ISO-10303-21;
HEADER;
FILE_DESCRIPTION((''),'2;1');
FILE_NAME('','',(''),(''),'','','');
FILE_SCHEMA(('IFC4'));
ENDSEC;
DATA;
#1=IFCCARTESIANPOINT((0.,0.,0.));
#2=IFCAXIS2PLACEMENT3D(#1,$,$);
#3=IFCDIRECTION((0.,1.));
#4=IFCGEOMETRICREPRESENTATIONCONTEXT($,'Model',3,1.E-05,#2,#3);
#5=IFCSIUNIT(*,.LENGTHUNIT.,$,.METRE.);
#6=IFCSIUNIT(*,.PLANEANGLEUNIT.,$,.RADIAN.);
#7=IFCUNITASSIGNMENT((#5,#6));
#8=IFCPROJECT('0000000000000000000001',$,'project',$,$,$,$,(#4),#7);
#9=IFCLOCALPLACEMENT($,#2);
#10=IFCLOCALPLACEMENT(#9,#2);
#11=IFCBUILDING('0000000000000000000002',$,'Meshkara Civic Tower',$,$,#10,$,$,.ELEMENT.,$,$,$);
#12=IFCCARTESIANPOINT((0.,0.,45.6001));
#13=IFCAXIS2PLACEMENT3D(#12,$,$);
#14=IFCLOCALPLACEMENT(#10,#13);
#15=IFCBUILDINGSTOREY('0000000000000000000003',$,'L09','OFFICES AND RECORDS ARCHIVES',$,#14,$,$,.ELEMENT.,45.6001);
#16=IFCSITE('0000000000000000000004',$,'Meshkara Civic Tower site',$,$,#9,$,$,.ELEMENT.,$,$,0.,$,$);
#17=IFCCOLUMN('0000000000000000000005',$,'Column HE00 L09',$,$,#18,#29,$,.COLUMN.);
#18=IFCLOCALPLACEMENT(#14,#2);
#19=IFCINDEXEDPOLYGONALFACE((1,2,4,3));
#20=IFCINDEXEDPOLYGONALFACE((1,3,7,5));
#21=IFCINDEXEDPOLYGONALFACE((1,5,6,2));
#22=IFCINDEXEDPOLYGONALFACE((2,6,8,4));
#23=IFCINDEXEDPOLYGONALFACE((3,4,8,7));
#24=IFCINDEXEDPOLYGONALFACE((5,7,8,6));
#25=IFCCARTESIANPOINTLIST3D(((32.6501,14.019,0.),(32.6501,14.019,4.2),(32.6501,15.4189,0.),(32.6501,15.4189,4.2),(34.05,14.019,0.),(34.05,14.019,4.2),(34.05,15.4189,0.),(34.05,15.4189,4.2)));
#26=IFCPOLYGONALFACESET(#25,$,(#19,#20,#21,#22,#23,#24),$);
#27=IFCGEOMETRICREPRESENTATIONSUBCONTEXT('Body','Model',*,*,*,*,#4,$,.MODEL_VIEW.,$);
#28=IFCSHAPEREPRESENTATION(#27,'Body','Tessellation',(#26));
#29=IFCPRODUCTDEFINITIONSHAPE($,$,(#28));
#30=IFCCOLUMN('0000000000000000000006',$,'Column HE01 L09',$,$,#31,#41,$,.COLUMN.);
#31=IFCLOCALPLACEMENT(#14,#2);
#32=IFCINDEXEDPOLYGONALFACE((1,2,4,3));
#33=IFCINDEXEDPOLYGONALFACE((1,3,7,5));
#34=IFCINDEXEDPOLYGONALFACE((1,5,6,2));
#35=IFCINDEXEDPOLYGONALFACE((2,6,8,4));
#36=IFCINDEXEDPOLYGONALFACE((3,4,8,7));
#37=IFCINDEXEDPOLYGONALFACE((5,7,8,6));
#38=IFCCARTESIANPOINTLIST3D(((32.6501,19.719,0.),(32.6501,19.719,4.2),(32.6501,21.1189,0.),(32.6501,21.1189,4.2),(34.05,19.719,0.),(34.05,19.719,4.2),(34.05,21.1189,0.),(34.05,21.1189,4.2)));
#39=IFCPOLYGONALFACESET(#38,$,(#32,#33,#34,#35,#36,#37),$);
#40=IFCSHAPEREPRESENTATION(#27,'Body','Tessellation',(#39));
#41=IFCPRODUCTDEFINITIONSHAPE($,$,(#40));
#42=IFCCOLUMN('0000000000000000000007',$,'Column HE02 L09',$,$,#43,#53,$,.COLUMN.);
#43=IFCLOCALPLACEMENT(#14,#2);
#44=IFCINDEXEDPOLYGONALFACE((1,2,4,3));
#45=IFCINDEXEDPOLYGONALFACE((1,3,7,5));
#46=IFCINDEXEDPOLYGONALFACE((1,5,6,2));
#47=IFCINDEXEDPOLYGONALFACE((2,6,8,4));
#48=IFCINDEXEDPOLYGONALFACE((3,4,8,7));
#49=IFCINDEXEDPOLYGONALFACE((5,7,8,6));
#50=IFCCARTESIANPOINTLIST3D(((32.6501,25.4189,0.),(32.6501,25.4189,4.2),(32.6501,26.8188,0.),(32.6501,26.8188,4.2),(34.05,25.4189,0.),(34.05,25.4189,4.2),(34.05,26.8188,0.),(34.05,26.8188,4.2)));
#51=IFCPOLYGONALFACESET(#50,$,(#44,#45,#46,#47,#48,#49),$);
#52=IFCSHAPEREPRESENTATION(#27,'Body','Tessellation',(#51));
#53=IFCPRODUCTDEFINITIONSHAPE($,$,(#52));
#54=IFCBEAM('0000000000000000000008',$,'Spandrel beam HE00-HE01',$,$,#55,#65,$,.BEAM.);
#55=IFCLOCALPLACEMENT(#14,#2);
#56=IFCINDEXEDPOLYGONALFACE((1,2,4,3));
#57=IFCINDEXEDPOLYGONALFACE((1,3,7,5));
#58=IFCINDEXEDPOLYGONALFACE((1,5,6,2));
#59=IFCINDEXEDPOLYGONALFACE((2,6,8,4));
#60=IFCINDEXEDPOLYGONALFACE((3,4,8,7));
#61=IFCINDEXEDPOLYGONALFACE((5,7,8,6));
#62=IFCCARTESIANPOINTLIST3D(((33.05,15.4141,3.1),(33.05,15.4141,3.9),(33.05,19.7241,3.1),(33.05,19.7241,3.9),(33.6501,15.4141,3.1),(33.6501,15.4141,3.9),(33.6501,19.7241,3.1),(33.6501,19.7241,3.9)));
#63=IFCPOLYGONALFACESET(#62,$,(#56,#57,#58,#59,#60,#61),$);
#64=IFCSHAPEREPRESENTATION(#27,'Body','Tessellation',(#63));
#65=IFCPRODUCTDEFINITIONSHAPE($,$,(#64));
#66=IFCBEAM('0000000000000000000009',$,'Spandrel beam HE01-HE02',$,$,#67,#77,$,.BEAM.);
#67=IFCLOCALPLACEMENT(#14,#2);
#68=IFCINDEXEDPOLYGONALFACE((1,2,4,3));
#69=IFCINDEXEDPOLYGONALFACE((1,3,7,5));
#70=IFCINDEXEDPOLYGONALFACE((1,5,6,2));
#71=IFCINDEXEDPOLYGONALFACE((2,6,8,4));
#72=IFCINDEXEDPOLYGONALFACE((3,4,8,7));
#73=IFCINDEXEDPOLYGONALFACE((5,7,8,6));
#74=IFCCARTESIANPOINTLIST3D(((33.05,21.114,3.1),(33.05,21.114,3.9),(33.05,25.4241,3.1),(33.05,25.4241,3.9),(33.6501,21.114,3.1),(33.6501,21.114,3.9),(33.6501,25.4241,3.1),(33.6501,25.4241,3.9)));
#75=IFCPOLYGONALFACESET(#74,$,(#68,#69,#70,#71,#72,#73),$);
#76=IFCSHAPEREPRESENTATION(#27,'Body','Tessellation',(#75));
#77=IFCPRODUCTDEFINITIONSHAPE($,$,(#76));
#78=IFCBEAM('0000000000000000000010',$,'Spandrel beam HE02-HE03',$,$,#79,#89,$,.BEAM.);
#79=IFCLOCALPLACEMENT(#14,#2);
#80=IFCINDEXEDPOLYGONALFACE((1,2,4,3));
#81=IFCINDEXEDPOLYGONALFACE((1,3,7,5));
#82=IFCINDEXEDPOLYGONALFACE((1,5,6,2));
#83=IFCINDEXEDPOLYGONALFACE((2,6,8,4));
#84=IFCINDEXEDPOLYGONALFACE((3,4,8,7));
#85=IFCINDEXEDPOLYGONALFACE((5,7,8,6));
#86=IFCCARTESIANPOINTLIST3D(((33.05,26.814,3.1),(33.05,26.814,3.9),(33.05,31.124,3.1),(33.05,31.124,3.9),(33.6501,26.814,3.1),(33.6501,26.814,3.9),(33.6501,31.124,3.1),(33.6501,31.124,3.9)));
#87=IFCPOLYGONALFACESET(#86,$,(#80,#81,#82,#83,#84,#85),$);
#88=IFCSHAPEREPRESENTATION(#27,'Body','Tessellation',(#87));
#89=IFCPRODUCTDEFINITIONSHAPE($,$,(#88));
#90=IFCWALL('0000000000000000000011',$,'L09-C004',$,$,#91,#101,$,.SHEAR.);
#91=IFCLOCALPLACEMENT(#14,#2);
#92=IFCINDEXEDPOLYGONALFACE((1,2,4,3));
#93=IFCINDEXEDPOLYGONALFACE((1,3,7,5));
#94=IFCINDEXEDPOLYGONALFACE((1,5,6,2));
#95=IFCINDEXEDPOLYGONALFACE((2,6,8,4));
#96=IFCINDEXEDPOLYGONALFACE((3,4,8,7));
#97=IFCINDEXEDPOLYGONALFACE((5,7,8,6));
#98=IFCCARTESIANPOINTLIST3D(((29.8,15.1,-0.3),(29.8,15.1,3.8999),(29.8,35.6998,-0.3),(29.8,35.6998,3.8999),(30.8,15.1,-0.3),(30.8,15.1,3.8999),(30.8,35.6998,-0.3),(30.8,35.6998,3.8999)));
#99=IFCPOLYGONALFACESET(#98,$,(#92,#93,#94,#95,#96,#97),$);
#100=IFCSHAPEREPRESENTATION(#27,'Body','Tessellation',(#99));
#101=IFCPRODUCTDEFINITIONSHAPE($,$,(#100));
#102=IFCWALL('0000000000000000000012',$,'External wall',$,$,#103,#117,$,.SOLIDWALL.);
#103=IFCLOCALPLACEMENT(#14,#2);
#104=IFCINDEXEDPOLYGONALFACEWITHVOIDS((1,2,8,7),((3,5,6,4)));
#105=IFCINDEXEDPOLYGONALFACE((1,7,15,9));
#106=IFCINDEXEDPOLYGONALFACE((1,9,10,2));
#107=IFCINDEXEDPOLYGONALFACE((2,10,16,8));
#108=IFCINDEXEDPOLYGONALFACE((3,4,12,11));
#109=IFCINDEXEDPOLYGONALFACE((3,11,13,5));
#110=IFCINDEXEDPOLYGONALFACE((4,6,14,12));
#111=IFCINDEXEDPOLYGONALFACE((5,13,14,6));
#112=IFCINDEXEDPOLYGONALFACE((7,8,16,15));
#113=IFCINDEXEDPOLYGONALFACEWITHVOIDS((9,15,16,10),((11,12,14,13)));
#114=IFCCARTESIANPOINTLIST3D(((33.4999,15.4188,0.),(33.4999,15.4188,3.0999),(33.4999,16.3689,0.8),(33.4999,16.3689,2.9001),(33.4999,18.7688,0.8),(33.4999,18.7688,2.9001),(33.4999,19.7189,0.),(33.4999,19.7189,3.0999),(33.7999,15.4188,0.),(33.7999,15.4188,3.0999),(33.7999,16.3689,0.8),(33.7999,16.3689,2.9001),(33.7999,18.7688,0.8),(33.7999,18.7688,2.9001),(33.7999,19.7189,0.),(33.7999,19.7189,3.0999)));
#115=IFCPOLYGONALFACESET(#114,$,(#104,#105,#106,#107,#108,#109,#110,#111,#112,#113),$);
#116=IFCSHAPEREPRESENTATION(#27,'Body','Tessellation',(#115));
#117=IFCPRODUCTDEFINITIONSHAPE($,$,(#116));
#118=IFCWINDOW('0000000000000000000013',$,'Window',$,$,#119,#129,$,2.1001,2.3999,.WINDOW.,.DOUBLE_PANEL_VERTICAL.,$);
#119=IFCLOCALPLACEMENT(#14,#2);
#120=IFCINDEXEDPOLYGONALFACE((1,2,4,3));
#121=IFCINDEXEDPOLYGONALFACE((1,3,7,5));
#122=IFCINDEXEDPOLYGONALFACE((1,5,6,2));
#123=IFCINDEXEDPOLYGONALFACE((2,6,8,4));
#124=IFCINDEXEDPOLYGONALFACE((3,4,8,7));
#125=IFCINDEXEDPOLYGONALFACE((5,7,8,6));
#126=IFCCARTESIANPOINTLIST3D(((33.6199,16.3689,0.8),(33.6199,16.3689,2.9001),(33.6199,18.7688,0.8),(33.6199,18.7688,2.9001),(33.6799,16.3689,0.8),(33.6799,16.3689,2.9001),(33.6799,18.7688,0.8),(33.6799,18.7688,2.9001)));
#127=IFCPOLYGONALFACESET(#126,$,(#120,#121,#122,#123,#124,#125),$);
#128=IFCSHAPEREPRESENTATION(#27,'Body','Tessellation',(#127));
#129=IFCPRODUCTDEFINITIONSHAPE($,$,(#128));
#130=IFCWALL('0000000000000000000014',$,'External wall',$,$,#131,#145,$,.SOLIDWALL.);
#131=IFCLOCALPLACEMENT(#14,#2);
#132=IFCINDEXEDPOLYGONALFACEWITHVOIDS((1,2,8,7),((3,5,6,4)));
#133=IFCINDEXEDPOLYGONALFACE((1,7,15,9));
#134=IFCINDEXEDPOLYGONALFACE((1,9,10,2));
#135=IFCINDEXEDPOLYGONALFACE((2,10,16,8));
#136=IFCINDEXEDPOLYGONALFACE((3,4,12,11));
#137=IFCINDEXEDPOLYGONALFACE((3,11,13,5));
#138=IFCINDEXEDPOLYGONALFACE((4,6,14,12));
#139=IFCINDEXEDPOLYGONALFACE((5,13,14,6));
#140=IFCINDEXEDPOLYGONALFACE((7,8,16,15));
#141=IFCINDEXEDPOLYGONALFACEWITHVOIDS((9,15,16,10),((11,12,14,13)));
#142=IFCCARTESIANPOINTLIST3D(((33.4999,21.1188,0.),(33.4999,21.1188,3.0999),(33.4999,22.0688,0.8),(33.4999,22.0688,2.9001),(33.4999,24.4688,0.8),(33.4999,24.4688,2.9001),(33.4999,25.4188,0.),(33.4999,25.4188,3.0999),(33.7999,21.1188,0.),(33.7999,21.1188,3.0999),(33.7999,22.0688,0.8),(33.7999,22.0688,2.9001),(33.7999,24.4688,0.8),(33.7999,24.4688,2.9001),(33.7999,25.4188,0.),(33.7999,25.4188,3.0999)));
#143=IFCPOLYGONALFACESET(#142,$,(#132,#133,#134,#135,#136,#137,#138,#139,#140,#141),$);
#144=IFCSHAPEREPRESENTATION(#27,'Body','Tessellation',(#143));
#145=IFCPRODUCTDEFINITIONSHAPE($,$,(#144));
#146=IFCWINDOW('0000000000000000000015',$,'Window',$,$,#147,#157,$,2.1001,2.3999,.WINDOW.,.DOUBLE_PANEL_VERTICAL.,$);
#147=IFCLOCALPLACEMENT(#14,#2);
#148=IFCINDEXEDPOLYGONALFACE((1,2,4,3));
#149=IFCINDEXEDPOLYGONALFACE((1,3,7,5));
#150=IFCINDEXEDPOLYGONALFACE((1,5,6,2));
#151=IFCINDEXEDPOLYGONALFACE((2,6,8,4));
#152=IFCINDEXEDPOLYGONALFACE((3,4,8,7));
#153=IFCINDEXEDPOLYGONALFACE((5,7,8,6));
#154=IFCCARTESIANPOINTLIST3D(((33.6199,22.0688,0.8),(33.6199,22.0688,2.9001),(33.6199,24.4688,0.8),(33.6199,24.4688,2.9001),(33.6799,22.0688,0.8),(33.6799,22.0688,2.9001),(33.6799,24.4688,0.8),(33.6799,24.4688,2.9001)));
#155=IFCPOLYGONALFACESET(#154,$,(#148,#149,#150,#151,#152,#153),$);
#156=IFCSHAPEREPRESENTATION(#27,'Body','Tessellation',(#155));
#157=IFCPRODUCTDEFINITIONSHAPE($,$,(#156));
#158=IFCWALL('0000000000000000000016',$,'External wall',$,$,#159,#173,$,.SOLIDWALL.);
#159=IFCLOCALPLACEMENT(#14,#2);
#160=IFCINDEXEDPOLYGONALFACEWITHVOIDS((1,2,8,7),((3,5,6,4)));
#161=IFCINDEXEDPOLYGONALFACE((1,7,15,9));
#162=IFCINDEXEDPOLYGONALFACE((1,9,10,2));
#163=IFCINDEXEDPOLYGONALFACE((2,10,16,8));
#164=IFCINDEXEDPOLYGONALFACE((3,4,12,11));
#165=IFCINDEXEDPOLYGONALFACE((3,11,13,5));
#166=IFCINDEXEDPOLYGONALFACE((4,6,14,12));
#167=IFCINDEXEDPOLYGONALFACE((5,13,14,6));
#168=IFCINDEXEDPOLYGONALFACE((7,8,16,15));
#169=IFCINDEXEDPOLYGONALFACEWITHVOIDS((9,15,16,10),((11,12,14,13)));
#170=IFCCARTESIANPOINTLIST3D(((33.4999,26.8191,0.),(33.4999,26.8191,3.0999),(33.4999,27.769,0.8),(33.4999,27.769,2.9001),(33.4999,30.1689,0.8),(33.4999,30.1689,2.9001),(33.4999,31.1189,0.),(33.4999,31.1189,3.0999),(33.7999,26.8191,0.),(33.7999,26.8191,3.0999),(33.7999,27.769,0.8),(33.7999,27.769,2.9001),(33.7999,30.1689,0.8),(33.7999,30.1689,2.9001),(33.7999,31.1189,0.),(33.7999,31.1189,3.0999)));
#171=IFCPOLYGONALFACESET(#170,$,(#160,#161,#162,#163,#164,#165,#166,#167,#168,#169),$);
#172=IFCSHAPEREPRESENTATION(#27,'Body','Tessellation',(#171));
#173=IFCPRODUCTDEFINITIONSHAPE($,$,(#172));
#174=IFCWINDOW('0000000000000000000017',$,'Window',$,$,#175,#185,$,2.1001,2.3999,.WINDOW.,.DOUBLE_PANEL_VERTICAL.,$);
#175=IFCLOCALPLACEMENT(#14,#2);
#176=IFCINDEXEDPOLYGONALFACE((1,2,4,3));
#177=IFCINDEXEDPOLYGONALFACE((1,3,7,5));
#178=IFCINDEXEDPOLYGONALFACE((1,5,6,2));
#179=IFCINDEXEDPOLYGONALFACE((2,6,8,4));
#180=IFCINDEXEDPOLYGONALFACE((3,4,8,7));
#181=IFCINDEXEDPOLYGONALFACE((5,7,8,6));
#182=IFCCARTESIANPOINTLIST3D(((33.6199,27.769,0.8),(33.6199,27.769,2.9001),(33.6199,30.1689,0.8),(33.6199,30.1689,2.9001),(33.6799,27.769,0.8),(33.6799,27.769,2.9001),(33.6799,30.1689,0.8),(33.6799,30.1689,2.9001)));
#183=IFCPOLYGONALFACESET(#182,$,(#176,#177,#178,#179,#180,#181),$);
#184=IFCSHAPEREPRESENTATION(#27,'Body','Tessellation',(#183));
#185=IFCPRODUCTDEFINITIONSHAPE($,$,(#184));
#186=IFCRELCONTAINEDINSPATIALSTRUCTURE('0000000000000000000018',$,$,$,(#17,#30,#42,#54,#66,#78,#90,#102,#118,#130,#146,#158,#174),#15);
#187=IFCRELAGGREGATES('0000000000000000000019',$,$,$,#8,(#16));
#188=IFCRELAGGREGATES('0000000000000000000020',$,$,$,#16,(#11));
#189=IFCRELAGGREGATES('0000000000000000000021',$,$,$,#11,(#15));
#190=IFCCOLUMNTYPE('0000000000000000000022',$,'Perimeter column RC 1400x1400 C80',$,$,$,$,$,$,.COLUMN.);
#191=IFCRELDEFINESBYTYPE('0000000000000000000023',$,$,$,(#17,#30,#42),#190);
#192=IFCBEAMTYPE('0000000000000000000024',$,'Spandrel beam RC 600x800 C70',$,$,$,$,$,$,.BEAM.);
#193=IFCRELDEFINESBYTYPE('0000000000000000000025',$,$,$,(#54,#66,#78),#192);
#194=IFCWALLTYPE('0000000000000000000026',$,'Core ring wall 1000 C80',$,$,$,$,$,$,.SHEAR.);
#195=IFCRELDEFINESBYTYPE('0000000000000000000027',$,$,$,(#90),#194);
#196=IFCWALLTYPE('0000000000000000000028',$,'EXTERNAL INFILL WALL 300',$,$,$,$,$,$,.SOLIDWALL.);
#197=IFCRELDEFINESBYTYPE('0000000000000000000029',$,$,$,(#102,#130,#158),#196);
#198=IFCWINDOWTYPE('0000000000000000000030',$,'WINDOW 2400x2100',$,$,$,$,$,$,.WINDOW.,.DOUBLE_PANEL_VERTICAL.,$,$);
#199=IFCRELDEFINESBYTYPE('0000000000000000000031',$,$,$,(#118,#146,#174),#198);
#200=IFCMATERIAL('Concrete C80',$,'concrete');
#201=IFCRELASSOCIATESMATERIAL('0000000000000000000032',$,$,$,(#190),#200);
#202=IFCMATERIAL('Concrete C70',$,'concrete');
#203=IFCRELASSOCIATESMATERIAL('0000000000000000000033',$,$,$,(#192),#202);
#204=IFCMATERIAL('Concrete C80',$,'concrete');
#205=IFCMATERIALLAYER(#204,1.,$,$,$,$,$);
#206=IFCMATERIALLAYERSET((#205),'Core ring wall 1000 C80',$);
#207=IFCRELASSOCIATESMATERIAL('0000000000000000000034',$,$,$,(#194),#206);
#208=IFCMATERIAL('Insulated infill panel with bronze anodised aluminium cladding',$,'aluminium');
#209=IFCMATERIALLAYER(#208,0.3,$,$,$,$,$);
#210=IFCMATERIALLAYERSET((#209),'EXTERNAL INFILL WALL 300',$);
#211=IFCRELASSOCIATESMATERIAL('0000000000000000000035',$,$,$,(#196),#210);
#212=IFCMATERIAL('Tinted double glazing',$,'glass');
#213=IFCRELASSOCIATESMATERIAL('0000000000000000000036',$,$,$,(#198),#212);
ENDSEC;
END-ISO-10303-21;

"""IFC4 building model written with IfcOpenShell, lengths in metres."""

from ifc_helpers import new_model, si_unit, direction, frame, frame_2d, origin, origin_2d, place, context, subcontext, project, spatial, rectangle, extrude, material, layer, layer_set, material_profile, profile_set, type_object, element, fill, save


model = new_model("IFC4")

# Units and contexts
model_context = context("Model", 3, precision=1e-05, world=origin(), true_north=direction((0.0, 1.0)))
body_context = subcontext(model_context, "Body", "Model", "MODEL_VIEW")
ifc_project = project(units=[si_unit("LENGTHUNIT", "METRE"), si_unit("PLANEANGLEUNIT", "RADIAN")], contexts=[model_context])

# Site, building, storey
site_placement = place(None, origin())
site = spatial("IfcSite", under=ifc_project, at=site_placement, Name="Meshkara Civic Tower site", CompositionType="ELEMENT", RefElevation=0.0)
building_placement = place(site_placement, origin())
building = spatial("IfcBuilding", under=site, at=building_placement, Name="Meshkara Civic Tower", CompositionType="ELEMENT")
storey_placement = place(building_placement, frame((0.0, 0.0, 45.6001)))
storey = spatial("IfcBuildingStorey", under=building, at=storey_placement, Name="L09", Description="OFFICES AND RECORDS ARCHIVES", CompositionType="ELEMENT", Elevation=45.6001)

# Columns
ifc_material_1 = material(Name="Concrete C80", Category="concrete")
ifc_material_profile_1 = material_profile(ifc_material_1, rectangle(XDim=1.3999, YDim=1.3999, at=origin_2d()))
ifc_profile_set_1 = profile_set([ifc_material_profile_1], Name="Concrete C80")
column_type = type_object("IfcColumnType", Name="Perimeter column RC 1400x1400 C80", PredefinedType="COLUMN", material=ifc_profile_set_1)
for number, where, z_axis, x_axis, name in (
    (1, (33.3501, 14.719, 0.0), (0.0, 0.0, 1.0), (1.0, 0.0, 0.0), "Column HE00 L09"),
    (2, (33.3501, 20.4189, 0.0), (0.0, 0.0, 1.0), (1.0, 0.0, 0.0), "Column HE01 L09"),
    (3, (33.3501, 26.1189, 0.0), (0.0, 0.0, 1.0), (1.0, 0.0, 0.0), "Column HE02 L09"),
):
    element("IfcColumn", number, at=place(storey_placement, frame(where, z_axis=z_axis, x_axis=x_axis)), inside=storey, type_object=column_type, Name=name, PredefinedType="COLUMN", context=body_context, shape_type="SweptSolid", body=[
        extrude(rectangle(XDim=1.3999, YDim=1.3999, at=origin_2d()), origin(), (0.0, 0.0, 1.0), 4.2),
    ])

# Beams
ifc_material_2 = material(Name="Concrete C70", Category="concrete")
ifc_material_profile_2 = material_profile(ifc_material_2, rectangle(XDim=0.6001, YDim=0.8, at=origin_2d()))
ifc_profile_set_2 = profile_set([ifc_material_profile_2], Name="Concrete C70")
beam_type = type_object("IfcBeamType", Name="Spandrel beam RC 600x800 C70", PredefinedType="BEAM", material=ifc_profile_set_2)
for number, where, z_axis, x_axis, name in (
    (4, (33.3501, 15.4141, 3.5), (0.0, 1.0, 0.0), (-1.0, 0.0, 0.0), "Spandrel beam HE00-HE01"),
    (5, (33.3501, 21.114, 3.5), (0.0, 1.0, 0.0), (-1.0, 0.0, 0.0), "Spandrel beam HE01-HE02"),
    (6, (33.3501, 26.814, 3.5), (0.0, 1.0, 0.0), (-1.0, 0.0, 0.0), "Spandrel beam HE02-HE03"),
):
    element("IfcBeam", number, at=place(storey_placement, frame(where, z_axis=z_axis, x_axis=x_axis)), inside=storey, type_object=beam_type, Name=name, PredefinedType="BEAM", context=body_context, shape_type="SweptSolid", body=[
        extrude(rectangle(XDim=0.6001, YDim=0.8, at=origin_2d()), origin(), (0.0, 0.0, 1.0), 4.3101),
    ])

# Wall
ifc_material_3 = material(Name="Concrete C80", Category="concrete")
ifc_layer_1 = layer(ifc_material_3, 1.0)
ifc_layer_set_1 = layer_set([ifc_layer_1], Name="Core ring wall 1000 C80")
wall_type_1 = type_object("IfcWallType", Name="Core ring wall 1000 C80", PredefinedType="SHEAR", material=ifc_layer_set_1)
wall_1_placement = place(storey_placement, frame((30.3, 15.1001, -0.3), z_axis=(0.0, 0.0, 1.0), x_axis=(0.0, 1.0, 0.0)))
element("IfcWall", 7, at=wall_1_placement, inside=storey, type_object=wall_type_1, Name="L09-C004", PredefinedType="SHEAR", context=body_context, shape_type="SweptSolid", body=[
    extrude(rectangle(XDim=20.5999, YDim=1.0, at=frame_2d((10.2998, 0.0))), origin(), (0.0, 0.0, 1.0), 4.2),
])

# Walls, openings, windows
ifc_material_4 = material(Name="Insulated infill panel with bronze anodised aluminium cladding", Category="aluminium")
ifc_layer_2 = layer(ifc_material_4, 0.3)
ifc_layer_set_2 = layer_set([ifc_layer_2], Name="EXTERNAL INFILL WALL 300")
wall_type_2 = type_object("IfcWallType", Name="EXTERNAL INFILL WALL 300", PredefinedType="SOLIDWALL", material=ifc_layer_set_2)
wall_2_placement = place(storey_placement, frame((33.6499, 15.4189, 0.0), z_axis=(0.0, 0.0, 1.0), x_axis=(0.0, 1.0, 0.0)))
wall_2 = element("IfcWall", 8, at=wall_2_placement, inside=storey, type_object=wall_type_2, Name="External wall", PredefinedType="SOLIDWALL", context=body_context, shape_type="SweptSolid", body=[
    extrude(rectangle(XDim=4.3, YDim=0.3, at=frame_2d((2.1499, 0.0))), origin(), (0.0, 0.0, 1.0), 3.0999),
])
opening_1_placement = place(wall_2_placement, frame((0.95, 0.0, 0.8)))
opening_1 = element("IfcOpeningElement", 9, at=opening_1_placement, cuts=wall_2, PredefinedType="OPENING", context=body_context, shape_type="SweptSolid", body=[
    extrude(rectangle(XDim=2.3999, YDim=2.1001, at=frame_2d((1.2, 1.05))), frame((0.0, 0.1599, 0.0), z_axis=(0.0, -1.0, 0.0), x_axis=(1.0, 0.0, 0.0)), (0.0, 0.0, 1.0), 0.3201),
])
ifc_material_5 = material(Name="Tinted double glazing", Category="glass")
window_type = type_object("IfcWindowType", Name="WINDOW 2400x2100", PartitioningType="DOUBLE_PANEL_VERTICAL", PredefinedType="WINDOW", material=ifc_material_5)
window_1_placement = place(opening_1_placement, origin())
window_1 = element("IfcWindow", 10, at=window_1_placement, inside=storey, type_object=window_type, Name="Window", OverallHeight=2.1001, OverallWidth=2.3999, PartitioningType="DOUBLE_PANEL_VERTICAL", PredefinedType="WINDOW", context=body_context, shape_type="SweptSolid", body=[
    extrude(rectangle(XDim=2.3999, YDim=2.1001, at=frame_2d((1.2, 1.05))), frame((0.0, 0.03, 0.0), z_axis=(0.0, -1.0, 0.0), x_axis=(1.0, 0.0, 0.0)), (0.0, 0.0, 1.0), 0.0601),
])
fill(opening_1, window_1)
wall_3_placement = place(storey_placement, frame((33.6499, 21.1189, 0.0), z_axis=(0.0, 0.0, 1.0), x_axis=(0.0, 1.0, 0.0)))
wall_3 = element("IfcWall", 11, at=wall_3_placement, inside=storey, type_object=wall_type_2, Name="External wall", PredefinedType="SOLIDWALL", context=body_context, shape_type="SweptSolid", body=[
    extrude(rectangle(XDim=4.3, YDim=0.3, at=frame_2d((2.1499, 0.0))), origin(), (0.0, 0.0, 1.0), 3.0999),
])
opening_2_placement = place(wall_3_placement, frame((0.95, 0.0, 0.8)))
opening_2 = element("IfcOpeningElement", 12, at=opening_2_placement, cuts=wall_3, PredefinedType="OPENING", context=body_context, shape_type="SweptSolid", body=[
    extrude(rectangle(XDim=2.3999, YDim=2.1001, at=frame_2d((1.2, 1.05))), frame((0.0, 0.1599, 0.0), z_axis=(0.0, -1.0, 0.0), x_axis=(1.0, 0.0, 0.0)), (0.0, 0.0, 1.0), 0.3201),
])
window_2_placement = place(opening_2_placement, origin())
window_2 = element("IfcWindow", 13, at=window_2_placement, inside=storey, type_object=window_type, Name="Window", OverallHeight=2.1001, OverallWidth=2.3999, PartitioningType="DOUBLE_PANEL_VERTICAL", PredefinedType="WINDOW", context=body_context, shape_type="SweptSolid", body=[
    extrude(rectangle(XDim=2.3999, YDim=2.1001, at=frame_2d((1.2, 1.05))), frame((0.0, 0.03, 0.0), z_axis=(0.0, -1.0, 0.0), x_axis=(1.0, 0.0, 0.0)), (0.0, 0.0, 1.0), 0.0601),
])
fill(opening_2, window_2)
wall_4_placement = place(storey_placement, frame((33.6499, 26.8191, 0.0), z_axis=(0.0, 0.0, 1.0), x_axis=(0.0, 1.0, 0.0)))
wall_4 = element("IfcWall", 14, at=wall_4_placement, inside=storey, type_object=wall_type_2, Name="External wall", PredefinedType="SOLIDWALL", context=body_context, shape_type="SweptSolid", body=[
    extrude(rectangle(XDim=4.2998, YDim=0.3, at=frame_2d((2.1499, 0.0))), origin(), (0.0, 0.0, 1.0), 3.0999),
])
opening_3_placement = place(wall_4_placement, frame((0.95, 0.0, 0.8)))
opening_3 = element("IfcOpeningElement", 15, at=opening_3_placement, cuts=wall_4, PredefinedType="OPENING", context=body_context, shape_type="SweptSolid", body=[
    extrude(rectangle(XDim=2.3999, YDim=2.1001, at=frame_2d((1.2, 1.05))), frame((0.0, 0.1599, 0.0), z_axis=(0.0, -1.0, 0.0), x_axis=(1.0, 0.0, 0.0)), (0.0, 0.0, 1.0), 0.3201),
])
window_3_placement = place(opening_3_placement, origin())
window_3 = element("IfcWindow", 16, at=window_3_placement, inside=storey, type_object=window_type, Name="Window", OverallHeight=2.1001, OverallWidth=2.3999, PartitioningType="DOUBLE_PANEL_VERTICAL", PredefinedType="WINDOW", context=body_context, shape_type="SweptSolid", body=[
    extrude(rectangle(XDim=2.3999, YDim=2.1001, at=frame_2d((1.2, 1.05))), frame((0.0, 0.03, 0.0), z_axis=(0.0, -1.0, 0.0), x_axis=(1.0, 0.0, 0.0)), (0.0, 0.0, 1.0), 0.0601),
])
fill(opening_3, window_3)

save(model, "model.ifc")
